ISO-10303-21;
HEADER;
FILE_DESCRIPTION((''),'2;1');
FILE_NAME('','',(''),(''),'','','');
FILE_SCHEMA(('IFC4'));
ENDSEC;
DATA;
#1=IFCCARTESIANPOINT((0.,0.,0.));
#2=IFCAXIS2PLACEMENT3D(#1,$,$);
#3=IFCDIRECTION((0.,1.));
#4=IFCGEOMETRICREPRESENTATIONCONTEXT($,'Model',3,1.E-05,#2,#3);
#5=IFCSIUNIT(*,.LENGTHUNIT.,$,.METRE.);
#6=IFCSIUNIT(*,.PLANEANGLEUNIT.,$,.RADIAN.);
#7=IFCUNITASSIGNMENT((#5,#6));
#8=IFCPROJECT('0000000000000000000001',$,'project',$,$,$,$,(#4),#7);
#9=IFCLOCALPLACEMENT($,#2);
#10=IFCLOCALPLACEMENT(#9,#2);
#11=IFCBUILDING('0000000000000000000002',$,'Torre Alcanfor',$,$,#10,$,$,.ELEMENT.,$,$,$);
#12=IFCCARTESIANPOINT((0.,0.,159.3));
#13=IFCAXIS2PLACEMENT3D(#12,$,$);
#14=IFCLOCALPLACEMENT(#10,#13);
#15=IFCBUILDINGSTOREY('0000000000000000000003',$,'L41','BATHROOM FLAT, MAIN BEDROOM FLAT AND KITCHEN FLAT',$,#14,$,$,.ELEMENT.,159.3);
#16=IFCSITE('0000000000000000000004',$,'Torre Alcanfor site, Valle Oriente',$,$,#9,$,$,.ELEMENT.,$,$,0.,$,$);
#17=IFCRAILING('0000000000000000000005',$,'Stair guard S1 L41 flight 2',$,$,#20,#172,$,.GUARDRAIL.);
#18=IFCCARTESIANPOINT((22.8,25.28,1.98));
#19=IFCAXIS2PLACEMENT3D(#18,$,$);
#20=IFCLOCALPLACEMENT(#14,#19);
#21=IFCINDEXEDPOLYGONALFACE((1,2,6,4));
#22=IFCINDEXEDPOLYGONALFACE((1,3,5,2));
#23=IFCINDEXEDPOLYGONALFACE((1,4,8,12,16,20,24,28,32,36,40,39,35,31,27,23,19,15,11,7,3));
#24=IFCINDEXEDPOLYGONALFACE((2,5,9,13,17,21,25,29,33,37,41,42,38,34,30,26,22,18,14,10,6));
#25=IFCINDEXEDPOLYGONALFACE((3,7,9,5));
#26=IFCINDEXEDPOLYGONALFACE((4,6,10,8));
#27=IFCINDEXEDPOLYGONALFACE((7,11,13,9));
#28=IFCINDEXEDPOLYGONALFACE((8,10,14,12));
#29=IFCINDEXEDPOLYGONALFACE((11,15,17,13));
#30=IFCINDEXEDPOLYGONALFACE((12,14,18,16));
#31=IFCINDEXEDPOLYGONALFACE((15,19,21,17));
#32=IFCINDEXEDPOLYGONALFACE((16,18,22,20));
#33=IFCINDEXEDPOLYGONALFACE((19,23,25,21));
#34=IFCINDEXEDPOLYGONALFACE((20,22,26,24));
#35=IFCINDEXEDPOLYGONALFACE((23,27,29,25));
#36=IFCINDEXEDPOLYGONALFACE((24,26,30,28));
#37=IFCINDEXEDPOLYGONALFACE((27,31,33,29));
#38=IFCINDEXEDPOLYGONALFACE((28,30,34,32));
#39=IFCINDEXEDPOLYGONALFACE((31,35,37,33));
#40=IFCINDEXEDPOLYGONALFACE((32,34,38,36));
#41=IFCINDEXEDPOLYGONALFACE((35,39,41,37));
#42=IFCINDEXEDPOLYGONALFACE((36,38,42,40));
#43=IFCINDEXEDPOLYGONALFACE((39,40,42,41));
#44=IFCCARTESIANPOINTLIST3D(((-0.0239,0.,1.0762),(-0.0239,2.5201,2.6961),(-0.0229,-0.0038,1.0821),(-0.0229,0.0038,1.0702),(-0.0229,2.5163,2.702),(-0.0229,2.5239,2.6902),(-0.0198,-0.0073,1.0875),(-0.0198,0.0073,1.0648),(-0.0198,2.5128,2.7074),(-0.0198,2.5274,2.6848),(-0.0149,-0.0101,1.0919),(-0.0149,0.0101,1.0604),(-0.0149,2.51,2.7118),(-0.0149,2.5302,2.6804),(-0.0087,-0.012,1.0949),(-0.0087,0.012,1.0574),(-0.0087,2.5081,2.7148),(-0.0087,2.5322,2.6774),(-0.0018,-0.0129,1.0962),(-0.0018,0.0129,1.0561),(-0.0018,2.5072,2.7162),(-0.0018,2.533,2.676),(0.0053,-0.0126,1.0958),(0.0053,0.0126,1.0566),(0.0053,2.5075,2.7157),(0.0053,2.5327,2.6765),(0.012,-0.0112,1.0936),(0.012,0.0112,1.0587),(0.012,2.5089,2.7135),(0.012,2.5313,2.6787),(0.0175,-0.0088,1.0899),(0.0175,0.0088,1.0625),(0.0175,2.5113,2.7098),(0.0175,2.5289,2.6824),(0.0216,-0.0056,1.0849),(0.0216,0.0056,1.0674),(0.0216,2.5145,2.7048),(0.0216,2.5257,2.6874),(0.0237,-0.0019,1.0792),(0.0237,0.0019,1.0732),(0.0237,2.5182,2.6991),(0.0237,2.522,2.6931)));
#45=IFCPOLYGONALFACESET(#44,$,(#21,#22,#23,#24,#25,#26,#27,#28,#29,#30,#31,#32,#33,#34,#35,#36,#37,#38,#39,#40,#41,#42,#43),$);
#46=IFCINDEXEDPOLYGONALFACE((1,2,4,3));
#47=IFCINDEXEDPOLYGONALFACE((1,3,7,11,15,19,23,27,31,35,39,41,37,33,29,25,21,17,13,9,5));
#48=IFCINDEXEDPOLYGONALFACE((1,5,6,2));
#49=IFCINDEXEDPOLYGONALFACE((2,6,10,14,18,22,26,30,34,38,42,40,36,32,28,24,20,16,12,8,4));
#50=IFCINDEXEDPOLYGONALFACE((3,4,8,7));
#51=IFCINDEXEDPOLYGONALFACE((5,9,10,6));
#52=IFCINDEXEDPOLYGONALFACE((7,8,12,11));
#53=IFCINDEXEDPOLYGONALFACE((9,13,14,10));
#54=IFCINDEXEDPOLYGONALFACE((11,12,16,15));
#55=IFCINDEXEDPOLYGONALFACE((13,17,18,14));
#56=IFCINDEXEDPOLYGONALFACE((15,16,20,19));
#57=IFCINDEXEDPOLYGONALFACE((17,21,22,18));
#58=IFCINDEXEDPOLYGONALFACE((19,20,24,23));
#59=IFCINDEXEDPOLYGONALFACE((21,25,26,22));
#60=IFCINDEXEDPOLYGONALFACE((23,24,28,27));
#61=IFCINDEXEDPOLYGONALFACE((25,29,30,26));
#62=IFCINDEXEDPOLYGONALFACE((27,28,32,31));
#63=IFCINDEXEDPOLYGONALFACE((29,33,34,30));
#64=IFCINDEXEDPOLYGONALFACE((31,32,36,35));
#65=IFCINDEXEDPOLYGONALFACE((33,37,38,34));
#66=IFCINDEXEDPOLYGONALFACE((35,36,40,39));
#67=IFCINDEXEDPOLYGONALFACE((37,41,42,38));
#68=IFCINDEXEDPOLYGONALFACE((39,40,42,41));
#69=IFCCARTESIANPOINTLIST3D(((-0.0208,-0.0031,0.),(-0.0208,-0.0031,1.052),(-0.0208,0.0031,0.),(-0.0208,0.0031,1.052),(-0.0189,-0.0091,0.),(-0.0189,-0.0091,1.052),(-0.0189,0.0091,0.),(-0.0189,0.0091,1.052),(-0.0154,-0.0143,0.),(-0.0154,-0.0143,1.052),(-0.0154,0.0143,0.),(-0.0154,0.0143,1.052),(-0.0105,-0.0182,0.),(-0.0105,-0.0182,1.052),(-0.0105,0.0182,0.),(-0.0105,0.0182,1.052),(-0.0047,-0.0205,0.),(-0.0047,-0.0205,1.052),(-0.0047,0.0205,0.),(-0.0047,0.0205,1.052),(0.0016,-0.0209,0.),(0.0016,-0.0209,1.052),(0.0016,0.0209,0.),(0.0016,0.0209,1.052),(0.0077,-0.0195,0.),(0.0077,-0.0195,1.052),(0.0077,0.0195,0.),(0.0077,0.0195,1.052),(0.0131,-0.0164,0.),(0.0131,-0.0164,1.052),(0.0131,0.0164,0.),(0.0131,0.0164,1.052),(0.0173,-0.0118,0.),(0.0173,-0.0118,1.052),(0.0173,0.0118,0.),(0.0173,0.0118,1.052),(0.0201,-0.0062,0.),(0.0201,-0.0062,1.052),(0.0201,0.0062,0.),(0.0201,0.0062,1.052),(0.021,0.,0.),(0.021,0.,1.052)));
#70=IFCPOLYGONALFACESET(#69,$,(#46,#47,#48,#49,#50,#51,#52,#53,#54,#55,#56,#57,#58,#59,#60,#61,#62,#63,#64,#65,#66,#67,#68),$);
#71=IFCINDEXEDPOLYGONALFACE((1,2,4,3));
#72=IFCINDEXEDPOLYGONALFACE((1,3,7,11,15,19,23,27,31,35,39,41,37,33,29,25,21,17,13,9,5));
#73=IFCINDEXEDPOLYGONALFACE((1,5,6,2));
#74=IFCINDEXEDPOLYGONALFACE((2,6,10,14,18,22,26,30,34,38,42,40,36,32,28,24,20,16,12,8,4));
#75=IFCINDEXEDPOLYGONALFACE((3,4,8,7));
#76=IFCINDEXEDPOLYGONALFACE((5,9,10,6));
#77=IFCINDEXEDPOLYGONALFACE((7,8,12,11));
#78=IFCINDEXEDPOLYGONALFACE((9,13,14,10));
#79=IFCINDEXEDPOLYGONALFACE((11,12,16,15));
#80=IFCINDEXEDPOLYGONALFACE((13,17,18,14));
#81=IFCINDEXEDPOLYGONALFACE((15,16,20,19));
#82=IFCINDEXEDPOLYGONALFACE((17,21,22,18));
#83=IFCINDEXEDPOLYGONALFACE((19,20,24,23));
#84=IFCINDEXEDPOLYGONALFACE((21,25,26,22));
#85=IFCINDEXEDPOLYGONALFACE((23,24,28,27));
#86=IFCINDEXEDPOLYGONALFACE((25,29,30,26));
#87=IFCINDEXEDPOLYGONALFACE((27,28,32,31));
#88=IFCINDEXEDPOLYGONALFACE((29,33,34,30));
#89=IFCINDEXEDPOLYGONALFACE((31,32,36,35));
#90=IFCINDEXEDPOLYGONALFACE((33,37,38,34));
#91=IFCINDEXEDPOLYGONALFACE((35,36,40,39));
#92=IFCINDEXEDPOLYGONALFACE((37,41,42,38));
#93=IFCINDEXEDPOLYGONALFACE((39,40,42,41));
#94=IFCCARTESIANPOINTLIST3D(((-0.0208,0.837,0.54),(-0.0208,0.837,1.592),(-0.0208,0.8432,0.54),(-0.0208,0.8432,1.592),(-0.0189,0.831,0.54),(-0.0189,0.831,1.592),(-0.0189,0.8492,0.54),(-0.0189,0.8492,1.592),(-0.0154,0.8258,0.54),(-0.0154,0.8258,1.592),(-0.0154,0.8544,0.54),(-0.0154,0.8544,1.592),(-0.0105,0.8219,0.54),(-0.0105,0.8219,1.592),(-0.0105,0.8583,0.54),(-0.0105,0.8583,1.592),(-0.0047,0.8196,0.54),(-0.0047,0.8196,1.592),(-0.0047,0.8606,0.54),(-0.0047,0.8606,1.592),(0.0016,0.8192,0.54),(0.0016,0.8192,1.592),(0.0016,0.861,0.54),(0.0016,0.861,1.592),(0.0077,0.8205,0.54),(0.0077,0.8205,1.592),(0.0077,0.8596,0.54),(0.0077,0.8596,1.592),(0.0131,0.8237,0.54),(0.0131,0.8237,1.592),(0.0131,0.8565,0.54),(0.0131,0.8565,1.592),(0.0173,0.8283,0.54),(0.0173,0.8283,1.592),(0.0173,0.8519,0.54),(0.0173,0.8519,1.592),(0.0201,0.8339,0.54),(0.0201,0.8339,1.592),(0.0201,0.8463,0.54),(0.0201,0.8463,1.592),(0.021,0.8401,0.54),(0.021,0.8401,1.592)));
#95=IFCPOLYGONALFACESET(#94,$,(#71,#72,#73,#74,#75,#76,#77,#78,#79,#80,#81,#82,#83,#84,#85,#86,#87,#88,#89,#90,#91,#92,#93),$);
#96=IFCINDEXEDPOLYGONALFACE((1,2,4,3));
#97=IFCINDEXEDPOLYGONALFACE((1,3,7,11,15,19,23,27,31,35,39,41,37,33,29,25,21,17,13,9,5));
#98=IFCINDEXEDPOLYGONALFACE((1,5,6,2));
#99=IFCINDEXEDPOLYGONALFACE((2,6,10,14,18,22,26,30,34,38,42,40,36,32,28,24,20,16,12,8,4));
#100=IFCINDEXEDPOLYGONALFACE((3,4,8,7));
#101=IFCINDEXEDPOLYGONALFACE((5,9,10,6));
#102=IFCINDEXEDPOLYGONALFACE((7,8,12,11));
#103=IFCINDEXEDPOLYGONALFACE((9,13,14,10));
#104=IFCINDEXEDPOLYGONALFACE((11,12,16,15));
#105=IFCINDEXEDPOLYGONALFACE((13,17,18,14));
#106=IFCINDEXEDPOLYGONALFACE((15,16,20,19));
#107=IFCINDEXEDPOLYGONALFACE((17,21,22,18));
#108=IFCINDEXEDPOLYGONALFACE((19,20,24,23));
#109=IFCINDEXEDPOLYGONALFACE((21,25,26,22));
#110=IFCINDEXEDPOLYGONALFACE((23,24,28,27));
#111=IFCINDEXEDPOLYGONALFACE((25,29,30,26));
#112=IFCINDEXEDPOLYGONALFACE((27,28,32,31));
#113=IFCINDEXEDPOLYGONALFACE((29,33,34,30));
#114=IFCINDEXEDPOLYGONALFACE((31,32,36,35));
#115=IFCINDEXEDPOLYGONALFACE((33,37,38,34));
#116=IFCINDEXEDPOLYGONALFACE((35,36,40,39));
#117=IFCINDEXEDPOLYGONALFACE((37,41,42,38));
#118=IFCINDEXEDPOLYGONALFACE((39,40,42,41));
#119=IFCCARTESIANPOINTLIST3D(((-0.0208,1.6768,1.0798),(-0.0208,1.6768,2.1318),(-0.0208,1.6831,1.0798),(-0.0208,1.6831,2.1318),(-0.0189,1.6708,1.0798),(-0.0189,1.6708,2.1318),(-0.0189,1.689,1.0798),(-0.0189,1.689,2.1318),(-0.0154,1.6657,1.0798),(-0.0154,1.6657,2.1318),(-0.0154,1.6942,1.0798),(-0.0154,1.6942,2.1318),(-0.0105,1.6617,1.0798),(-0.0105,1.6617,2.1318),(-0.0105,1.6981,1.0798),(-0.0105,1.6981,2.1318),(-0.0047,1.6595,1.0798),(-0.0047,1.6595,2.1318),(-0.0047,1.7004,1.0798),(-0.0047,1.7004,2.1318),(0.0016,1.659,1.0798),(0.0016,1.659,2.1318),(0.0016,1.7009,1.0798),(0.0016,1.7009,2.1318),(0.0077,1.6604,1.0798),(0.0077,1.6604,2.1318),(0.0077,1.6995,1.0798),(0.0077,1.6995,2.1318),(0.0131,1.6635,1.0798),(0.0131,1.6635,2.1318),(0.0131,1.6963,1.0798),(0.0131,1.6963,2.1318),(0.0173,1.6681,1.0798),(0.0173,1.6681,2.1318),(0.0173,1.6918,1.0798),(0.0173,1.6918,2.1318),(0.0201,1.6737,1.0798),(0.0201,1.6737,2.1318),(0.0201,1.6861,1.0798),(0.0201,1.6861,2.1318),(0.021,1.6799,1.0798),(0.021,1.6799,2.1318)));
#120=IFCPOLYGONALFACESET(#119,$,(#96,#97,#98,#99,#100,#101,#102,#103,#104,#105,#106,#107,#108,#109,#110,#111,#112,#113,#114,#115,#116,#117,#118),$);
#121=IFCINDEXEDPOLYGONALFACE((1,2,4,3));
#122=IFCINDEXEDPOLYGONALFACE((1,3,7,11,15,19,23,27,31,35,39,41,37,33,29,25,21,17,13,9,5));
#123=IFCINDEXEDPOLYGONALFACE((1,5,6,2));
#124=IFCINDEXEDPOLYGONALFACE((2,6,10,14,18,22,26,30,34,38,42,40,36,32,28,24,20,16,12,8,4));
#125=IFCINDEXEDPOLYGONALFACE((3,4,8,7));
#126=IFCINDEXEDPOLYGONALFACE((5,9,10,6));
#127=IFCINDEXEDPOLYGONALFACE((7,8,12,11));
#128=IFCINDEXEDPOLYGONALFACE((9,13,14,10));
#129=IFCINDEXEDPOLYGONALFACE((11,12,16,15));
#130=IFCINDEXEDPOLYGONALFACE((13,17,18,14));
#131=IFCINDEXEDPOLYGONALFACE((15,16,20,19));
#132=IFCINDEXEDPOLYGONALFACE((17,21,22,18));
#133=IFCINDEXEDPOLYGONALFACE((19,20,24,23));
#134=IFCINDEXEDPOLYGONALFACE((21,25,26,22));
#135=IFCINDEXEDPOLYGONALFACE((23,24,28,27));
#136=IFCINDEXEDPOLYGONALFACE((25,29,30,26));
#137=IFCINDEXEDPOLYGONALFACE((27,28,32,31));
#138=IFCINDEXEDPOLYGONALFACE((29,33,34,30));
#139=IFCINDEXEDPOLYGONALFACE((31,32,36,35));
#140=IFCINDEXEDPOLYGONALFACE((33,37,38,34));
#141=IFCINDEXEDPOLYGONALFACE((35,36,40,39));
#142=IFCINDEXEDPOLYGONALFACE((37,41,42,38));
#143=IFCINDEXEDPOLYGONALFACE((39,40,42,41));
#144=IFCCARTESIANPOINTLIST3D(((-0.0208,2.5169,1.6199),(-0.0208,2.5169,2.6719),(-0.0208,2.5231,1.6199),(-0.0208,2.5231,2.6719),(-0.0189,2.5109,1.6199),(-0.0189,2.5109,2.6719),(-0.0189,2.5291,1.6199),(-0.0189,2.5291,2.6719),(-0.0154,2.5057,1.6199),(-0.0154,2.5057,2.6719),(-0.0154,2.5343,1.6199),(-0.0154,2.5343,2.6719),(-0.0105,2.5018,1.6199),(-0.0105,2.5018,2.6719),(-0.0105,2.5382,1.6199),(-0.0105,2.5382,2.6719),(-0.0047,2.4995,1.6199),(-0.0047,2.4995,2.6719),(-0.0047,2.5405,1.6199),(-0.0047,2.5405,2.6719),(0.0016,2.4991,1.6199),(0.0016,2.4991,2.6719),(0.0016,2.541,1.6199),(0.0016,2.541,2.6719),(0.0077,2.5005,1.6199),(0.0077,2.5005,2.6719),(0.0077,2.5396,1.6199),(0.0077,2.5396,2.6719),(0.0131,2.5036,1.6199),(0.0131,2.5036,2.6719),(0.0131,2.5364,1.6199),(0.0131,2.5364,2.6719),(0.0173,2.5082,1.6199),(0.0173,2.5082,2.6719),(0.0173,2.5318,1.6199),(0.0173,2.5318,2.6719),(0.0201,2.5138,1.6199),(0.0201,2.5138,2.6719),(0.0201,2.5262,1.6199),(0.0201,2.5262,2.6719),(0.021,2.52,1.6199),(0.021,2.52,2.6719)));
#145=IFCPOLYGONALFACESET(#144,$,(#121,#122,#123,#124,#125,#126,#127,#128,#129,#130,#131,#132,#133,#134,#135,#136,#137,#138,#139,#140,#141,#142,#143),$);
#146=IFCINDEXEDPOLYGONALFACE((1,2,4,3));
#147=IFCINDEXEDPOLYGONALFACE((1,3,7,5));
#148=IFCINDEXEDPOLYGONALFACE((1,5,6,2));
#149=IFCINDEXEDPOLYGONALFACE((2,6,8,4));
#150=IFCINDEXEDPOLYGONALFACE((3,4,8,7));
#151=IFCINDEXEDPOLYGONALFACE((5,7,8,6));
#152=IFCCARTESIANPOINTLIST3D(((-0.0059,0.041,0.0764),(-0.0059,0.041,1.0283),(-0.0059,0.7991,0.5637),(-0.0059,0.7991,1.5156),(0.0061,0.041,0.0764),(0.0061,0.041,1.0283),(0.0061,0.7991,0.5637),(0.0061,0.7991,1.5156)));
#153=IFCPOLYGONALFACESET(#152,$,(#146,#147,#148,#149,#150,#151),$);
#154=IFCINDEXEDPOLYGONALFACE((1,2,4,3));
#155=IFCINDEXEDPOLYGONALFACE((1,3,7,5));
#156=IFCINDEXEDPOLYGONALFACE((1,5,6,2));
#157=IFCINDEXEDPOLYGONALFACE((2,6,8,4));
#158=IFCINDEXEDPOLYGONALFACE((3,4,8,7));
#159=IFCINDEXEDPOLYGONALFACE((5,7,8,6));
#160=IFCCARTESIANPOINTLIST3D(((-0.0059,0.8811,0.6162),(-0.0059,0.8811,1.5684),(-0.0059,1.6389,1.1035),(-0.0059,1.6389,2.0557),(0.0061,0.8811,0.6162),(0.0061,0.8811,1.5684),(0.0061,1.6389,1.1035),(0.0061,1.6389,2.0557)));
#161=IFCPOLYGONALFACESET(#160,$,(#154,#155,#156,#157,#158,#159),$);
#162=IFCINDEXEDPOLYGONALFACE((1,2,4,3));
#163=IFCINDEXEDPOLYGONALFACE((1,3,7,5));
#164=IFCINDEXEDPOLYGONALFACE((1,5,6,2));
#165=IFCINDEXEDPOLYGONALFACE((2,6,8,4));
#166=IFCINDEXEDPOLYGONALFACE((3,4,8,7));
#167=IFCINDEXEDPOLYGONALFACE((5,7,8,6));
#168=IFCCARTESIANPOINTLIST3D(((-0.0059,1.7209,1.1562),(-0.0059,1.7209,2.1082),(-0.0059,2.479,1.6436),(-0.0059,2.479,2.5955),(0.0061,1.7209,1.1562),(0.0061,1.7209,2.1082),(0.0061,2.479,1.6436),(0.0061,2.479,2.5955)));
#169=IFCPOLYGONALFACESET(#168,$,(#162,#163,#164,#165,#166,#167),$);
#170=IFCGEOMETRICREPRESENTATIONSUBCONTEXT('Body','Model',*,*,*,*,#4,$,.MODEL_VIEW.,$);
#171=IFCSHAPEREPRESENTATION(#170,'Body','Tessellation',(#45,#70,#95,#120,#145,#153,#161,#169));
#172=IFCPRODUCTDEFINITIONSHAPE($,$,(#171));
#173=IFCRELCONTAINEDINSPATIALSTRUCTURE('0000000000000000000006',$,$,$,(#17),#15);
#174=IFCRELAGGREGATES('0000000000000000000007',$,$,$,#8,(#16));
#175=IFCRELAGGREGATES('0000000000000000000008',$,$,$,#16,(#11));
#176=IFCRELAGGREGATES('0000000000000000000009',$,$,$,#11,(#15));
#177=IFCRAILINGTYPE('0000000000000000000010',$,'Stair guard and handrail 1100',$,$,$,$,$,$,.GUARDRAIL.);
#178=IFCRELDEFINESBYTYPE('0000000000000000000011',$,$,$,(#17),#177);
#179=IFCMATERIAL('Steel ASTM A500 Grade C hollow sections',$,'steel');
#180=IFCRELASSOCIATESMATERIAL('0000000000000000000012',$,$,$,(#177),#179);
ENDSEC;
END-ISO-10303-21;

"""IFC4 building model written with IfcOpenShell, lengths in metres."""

from ifc_helpers import new_model, si_unit, direction, frame, origin, origin_2d, place, context, subcontext, project, spatial, polyline, circle, outline, extrude, material, type_object, element, save


model = new_model("IFC4")

# Units and contexts
model_context = context("Model", 3, precision=1e-05, world=origin(), true_north=direction((0.0, 1.0)))
body_context = subcontext(model_context, "Body", "Model", "MODEL_VIEW")
ifc_project = project(units=[si_unit("LENGTHUNIT", "METRE"), si_unit("PLANEANGLEUNIT", "RADIAN")], contexts=[model_context])

# Site, building, storey
site_placement = place(None, origin())
site = spatial("IfcSite", under=ifc_project, at=site_placement, Name="Torre Alcanfor site, Valle Oriente", CompositionType="ELEMENT", RefElevation=0.0)
building_placement = place(site_placement, origin())
building = spatial("IfcBuilding", under=site, at=building_placement, Name="Torre Alcanfor", CompositionType="ELEMENT")
storey_placement = place(building_placement, frame((0.0, 0.0, 159.3)))
storey = spatial("IfcBuildingStorey", under=building, at=storey_placement, Name="L41", Description="BATHROOM FLAT, MAIN BEDROOM FLAT AND KITCHEN FLAT", CompositionType="ELEMENT", Elevation=159.3)

# Railing
ifc_material_1 = material(Name="Steel ASTM A500 Grade C hollow sections", Category="steel")
railing_type_1 = type_object("IfcRailingType", Name="Stair guard and handrail 1100", PredefinedType="GUARDRAIL", material=ifc_material_1)
railing_1_placement = place(storey_placement, frame((22.8, 25.28, 1.98)))
element("IfcRailing", 1, at=railing_1_placement, inside=storey, type_object=railing_type_1, Name="Stair guard S1 L41 flight 2", PredefinedType="GUARDRAIL", context=body_context, shape_type="SweptSolid", body=[
    extrude(circle(Radius=0.0239, at=origin_2d()), frame((0.0, 0.0, 1.0762), z_axis=(0.0, 0.8412, 0.540725), x_axis=(-1.0, 0.0, 0.0)), (0.0, 0.0, 1.0), 2.9958),
    extrude(circle(Radius=0.021, at=origin_2d()), origin(), (0.0, 0.0, 1.0), 1.052),
    extrude(circle(Radius=0.021, at=origin_2d()), frame((0.0, 0.8401, 0.54)), (0.0, 0.0, 1.0), 1.052),
    extrude(circle(Radius=0.021, at=origin_2d()), frame((0.0, 1.6799, 1.0798)), (0.0, 0.0, 1.0), 1.052),
    extrude(circle(Radius=0.021, at=origin_2d()), frame((0.0, 2.52, 1.6199)), (0.0, 0.0, 1.0), 1.052),
    extrude(outline(polyline([(0.041, 0.0764), (0.7991, 0.5637), (0.7991, 1.5156), (0.041, 1.0283), (0.041, 0.0764)])), frame((-0.0059, 0.0, 0.0), z_axis=(1.0, 0.0, 0.0), x_axis=(0.0, 1.0, 0.0)), (0.0, 0.0, 1.0), 0.012),
    extrude(outline(polyline([(0.8811, 0.6162), (1.6389, 1.1035), (1.6389, 2.0557), (0.8811, 1.5684), (0.8811, 0.6162)])), frame((-0.0059, 0.0, 0.0), z_axis=(1.0, 0.0, 0.0), x_axis=(0.0, 1.0, 0.0)), (0.0, 0.0, 1.0), 0.012),
    extrude(outline(polyline([(1.7209, 1.1562), (2.479, 1.6436), (2.479, 2.5955), (1.7209, 2.1082), (1.7209, 1.1562)])), frame((-0.0059, 0.0, 0.0), z_axis=(1.0, 0.0, 0.0), x_axis=(0.0, 1.0, 0.0)), (0.0, 0.0, 1.0), 0.012),
])

save(model, "model.ifc")
